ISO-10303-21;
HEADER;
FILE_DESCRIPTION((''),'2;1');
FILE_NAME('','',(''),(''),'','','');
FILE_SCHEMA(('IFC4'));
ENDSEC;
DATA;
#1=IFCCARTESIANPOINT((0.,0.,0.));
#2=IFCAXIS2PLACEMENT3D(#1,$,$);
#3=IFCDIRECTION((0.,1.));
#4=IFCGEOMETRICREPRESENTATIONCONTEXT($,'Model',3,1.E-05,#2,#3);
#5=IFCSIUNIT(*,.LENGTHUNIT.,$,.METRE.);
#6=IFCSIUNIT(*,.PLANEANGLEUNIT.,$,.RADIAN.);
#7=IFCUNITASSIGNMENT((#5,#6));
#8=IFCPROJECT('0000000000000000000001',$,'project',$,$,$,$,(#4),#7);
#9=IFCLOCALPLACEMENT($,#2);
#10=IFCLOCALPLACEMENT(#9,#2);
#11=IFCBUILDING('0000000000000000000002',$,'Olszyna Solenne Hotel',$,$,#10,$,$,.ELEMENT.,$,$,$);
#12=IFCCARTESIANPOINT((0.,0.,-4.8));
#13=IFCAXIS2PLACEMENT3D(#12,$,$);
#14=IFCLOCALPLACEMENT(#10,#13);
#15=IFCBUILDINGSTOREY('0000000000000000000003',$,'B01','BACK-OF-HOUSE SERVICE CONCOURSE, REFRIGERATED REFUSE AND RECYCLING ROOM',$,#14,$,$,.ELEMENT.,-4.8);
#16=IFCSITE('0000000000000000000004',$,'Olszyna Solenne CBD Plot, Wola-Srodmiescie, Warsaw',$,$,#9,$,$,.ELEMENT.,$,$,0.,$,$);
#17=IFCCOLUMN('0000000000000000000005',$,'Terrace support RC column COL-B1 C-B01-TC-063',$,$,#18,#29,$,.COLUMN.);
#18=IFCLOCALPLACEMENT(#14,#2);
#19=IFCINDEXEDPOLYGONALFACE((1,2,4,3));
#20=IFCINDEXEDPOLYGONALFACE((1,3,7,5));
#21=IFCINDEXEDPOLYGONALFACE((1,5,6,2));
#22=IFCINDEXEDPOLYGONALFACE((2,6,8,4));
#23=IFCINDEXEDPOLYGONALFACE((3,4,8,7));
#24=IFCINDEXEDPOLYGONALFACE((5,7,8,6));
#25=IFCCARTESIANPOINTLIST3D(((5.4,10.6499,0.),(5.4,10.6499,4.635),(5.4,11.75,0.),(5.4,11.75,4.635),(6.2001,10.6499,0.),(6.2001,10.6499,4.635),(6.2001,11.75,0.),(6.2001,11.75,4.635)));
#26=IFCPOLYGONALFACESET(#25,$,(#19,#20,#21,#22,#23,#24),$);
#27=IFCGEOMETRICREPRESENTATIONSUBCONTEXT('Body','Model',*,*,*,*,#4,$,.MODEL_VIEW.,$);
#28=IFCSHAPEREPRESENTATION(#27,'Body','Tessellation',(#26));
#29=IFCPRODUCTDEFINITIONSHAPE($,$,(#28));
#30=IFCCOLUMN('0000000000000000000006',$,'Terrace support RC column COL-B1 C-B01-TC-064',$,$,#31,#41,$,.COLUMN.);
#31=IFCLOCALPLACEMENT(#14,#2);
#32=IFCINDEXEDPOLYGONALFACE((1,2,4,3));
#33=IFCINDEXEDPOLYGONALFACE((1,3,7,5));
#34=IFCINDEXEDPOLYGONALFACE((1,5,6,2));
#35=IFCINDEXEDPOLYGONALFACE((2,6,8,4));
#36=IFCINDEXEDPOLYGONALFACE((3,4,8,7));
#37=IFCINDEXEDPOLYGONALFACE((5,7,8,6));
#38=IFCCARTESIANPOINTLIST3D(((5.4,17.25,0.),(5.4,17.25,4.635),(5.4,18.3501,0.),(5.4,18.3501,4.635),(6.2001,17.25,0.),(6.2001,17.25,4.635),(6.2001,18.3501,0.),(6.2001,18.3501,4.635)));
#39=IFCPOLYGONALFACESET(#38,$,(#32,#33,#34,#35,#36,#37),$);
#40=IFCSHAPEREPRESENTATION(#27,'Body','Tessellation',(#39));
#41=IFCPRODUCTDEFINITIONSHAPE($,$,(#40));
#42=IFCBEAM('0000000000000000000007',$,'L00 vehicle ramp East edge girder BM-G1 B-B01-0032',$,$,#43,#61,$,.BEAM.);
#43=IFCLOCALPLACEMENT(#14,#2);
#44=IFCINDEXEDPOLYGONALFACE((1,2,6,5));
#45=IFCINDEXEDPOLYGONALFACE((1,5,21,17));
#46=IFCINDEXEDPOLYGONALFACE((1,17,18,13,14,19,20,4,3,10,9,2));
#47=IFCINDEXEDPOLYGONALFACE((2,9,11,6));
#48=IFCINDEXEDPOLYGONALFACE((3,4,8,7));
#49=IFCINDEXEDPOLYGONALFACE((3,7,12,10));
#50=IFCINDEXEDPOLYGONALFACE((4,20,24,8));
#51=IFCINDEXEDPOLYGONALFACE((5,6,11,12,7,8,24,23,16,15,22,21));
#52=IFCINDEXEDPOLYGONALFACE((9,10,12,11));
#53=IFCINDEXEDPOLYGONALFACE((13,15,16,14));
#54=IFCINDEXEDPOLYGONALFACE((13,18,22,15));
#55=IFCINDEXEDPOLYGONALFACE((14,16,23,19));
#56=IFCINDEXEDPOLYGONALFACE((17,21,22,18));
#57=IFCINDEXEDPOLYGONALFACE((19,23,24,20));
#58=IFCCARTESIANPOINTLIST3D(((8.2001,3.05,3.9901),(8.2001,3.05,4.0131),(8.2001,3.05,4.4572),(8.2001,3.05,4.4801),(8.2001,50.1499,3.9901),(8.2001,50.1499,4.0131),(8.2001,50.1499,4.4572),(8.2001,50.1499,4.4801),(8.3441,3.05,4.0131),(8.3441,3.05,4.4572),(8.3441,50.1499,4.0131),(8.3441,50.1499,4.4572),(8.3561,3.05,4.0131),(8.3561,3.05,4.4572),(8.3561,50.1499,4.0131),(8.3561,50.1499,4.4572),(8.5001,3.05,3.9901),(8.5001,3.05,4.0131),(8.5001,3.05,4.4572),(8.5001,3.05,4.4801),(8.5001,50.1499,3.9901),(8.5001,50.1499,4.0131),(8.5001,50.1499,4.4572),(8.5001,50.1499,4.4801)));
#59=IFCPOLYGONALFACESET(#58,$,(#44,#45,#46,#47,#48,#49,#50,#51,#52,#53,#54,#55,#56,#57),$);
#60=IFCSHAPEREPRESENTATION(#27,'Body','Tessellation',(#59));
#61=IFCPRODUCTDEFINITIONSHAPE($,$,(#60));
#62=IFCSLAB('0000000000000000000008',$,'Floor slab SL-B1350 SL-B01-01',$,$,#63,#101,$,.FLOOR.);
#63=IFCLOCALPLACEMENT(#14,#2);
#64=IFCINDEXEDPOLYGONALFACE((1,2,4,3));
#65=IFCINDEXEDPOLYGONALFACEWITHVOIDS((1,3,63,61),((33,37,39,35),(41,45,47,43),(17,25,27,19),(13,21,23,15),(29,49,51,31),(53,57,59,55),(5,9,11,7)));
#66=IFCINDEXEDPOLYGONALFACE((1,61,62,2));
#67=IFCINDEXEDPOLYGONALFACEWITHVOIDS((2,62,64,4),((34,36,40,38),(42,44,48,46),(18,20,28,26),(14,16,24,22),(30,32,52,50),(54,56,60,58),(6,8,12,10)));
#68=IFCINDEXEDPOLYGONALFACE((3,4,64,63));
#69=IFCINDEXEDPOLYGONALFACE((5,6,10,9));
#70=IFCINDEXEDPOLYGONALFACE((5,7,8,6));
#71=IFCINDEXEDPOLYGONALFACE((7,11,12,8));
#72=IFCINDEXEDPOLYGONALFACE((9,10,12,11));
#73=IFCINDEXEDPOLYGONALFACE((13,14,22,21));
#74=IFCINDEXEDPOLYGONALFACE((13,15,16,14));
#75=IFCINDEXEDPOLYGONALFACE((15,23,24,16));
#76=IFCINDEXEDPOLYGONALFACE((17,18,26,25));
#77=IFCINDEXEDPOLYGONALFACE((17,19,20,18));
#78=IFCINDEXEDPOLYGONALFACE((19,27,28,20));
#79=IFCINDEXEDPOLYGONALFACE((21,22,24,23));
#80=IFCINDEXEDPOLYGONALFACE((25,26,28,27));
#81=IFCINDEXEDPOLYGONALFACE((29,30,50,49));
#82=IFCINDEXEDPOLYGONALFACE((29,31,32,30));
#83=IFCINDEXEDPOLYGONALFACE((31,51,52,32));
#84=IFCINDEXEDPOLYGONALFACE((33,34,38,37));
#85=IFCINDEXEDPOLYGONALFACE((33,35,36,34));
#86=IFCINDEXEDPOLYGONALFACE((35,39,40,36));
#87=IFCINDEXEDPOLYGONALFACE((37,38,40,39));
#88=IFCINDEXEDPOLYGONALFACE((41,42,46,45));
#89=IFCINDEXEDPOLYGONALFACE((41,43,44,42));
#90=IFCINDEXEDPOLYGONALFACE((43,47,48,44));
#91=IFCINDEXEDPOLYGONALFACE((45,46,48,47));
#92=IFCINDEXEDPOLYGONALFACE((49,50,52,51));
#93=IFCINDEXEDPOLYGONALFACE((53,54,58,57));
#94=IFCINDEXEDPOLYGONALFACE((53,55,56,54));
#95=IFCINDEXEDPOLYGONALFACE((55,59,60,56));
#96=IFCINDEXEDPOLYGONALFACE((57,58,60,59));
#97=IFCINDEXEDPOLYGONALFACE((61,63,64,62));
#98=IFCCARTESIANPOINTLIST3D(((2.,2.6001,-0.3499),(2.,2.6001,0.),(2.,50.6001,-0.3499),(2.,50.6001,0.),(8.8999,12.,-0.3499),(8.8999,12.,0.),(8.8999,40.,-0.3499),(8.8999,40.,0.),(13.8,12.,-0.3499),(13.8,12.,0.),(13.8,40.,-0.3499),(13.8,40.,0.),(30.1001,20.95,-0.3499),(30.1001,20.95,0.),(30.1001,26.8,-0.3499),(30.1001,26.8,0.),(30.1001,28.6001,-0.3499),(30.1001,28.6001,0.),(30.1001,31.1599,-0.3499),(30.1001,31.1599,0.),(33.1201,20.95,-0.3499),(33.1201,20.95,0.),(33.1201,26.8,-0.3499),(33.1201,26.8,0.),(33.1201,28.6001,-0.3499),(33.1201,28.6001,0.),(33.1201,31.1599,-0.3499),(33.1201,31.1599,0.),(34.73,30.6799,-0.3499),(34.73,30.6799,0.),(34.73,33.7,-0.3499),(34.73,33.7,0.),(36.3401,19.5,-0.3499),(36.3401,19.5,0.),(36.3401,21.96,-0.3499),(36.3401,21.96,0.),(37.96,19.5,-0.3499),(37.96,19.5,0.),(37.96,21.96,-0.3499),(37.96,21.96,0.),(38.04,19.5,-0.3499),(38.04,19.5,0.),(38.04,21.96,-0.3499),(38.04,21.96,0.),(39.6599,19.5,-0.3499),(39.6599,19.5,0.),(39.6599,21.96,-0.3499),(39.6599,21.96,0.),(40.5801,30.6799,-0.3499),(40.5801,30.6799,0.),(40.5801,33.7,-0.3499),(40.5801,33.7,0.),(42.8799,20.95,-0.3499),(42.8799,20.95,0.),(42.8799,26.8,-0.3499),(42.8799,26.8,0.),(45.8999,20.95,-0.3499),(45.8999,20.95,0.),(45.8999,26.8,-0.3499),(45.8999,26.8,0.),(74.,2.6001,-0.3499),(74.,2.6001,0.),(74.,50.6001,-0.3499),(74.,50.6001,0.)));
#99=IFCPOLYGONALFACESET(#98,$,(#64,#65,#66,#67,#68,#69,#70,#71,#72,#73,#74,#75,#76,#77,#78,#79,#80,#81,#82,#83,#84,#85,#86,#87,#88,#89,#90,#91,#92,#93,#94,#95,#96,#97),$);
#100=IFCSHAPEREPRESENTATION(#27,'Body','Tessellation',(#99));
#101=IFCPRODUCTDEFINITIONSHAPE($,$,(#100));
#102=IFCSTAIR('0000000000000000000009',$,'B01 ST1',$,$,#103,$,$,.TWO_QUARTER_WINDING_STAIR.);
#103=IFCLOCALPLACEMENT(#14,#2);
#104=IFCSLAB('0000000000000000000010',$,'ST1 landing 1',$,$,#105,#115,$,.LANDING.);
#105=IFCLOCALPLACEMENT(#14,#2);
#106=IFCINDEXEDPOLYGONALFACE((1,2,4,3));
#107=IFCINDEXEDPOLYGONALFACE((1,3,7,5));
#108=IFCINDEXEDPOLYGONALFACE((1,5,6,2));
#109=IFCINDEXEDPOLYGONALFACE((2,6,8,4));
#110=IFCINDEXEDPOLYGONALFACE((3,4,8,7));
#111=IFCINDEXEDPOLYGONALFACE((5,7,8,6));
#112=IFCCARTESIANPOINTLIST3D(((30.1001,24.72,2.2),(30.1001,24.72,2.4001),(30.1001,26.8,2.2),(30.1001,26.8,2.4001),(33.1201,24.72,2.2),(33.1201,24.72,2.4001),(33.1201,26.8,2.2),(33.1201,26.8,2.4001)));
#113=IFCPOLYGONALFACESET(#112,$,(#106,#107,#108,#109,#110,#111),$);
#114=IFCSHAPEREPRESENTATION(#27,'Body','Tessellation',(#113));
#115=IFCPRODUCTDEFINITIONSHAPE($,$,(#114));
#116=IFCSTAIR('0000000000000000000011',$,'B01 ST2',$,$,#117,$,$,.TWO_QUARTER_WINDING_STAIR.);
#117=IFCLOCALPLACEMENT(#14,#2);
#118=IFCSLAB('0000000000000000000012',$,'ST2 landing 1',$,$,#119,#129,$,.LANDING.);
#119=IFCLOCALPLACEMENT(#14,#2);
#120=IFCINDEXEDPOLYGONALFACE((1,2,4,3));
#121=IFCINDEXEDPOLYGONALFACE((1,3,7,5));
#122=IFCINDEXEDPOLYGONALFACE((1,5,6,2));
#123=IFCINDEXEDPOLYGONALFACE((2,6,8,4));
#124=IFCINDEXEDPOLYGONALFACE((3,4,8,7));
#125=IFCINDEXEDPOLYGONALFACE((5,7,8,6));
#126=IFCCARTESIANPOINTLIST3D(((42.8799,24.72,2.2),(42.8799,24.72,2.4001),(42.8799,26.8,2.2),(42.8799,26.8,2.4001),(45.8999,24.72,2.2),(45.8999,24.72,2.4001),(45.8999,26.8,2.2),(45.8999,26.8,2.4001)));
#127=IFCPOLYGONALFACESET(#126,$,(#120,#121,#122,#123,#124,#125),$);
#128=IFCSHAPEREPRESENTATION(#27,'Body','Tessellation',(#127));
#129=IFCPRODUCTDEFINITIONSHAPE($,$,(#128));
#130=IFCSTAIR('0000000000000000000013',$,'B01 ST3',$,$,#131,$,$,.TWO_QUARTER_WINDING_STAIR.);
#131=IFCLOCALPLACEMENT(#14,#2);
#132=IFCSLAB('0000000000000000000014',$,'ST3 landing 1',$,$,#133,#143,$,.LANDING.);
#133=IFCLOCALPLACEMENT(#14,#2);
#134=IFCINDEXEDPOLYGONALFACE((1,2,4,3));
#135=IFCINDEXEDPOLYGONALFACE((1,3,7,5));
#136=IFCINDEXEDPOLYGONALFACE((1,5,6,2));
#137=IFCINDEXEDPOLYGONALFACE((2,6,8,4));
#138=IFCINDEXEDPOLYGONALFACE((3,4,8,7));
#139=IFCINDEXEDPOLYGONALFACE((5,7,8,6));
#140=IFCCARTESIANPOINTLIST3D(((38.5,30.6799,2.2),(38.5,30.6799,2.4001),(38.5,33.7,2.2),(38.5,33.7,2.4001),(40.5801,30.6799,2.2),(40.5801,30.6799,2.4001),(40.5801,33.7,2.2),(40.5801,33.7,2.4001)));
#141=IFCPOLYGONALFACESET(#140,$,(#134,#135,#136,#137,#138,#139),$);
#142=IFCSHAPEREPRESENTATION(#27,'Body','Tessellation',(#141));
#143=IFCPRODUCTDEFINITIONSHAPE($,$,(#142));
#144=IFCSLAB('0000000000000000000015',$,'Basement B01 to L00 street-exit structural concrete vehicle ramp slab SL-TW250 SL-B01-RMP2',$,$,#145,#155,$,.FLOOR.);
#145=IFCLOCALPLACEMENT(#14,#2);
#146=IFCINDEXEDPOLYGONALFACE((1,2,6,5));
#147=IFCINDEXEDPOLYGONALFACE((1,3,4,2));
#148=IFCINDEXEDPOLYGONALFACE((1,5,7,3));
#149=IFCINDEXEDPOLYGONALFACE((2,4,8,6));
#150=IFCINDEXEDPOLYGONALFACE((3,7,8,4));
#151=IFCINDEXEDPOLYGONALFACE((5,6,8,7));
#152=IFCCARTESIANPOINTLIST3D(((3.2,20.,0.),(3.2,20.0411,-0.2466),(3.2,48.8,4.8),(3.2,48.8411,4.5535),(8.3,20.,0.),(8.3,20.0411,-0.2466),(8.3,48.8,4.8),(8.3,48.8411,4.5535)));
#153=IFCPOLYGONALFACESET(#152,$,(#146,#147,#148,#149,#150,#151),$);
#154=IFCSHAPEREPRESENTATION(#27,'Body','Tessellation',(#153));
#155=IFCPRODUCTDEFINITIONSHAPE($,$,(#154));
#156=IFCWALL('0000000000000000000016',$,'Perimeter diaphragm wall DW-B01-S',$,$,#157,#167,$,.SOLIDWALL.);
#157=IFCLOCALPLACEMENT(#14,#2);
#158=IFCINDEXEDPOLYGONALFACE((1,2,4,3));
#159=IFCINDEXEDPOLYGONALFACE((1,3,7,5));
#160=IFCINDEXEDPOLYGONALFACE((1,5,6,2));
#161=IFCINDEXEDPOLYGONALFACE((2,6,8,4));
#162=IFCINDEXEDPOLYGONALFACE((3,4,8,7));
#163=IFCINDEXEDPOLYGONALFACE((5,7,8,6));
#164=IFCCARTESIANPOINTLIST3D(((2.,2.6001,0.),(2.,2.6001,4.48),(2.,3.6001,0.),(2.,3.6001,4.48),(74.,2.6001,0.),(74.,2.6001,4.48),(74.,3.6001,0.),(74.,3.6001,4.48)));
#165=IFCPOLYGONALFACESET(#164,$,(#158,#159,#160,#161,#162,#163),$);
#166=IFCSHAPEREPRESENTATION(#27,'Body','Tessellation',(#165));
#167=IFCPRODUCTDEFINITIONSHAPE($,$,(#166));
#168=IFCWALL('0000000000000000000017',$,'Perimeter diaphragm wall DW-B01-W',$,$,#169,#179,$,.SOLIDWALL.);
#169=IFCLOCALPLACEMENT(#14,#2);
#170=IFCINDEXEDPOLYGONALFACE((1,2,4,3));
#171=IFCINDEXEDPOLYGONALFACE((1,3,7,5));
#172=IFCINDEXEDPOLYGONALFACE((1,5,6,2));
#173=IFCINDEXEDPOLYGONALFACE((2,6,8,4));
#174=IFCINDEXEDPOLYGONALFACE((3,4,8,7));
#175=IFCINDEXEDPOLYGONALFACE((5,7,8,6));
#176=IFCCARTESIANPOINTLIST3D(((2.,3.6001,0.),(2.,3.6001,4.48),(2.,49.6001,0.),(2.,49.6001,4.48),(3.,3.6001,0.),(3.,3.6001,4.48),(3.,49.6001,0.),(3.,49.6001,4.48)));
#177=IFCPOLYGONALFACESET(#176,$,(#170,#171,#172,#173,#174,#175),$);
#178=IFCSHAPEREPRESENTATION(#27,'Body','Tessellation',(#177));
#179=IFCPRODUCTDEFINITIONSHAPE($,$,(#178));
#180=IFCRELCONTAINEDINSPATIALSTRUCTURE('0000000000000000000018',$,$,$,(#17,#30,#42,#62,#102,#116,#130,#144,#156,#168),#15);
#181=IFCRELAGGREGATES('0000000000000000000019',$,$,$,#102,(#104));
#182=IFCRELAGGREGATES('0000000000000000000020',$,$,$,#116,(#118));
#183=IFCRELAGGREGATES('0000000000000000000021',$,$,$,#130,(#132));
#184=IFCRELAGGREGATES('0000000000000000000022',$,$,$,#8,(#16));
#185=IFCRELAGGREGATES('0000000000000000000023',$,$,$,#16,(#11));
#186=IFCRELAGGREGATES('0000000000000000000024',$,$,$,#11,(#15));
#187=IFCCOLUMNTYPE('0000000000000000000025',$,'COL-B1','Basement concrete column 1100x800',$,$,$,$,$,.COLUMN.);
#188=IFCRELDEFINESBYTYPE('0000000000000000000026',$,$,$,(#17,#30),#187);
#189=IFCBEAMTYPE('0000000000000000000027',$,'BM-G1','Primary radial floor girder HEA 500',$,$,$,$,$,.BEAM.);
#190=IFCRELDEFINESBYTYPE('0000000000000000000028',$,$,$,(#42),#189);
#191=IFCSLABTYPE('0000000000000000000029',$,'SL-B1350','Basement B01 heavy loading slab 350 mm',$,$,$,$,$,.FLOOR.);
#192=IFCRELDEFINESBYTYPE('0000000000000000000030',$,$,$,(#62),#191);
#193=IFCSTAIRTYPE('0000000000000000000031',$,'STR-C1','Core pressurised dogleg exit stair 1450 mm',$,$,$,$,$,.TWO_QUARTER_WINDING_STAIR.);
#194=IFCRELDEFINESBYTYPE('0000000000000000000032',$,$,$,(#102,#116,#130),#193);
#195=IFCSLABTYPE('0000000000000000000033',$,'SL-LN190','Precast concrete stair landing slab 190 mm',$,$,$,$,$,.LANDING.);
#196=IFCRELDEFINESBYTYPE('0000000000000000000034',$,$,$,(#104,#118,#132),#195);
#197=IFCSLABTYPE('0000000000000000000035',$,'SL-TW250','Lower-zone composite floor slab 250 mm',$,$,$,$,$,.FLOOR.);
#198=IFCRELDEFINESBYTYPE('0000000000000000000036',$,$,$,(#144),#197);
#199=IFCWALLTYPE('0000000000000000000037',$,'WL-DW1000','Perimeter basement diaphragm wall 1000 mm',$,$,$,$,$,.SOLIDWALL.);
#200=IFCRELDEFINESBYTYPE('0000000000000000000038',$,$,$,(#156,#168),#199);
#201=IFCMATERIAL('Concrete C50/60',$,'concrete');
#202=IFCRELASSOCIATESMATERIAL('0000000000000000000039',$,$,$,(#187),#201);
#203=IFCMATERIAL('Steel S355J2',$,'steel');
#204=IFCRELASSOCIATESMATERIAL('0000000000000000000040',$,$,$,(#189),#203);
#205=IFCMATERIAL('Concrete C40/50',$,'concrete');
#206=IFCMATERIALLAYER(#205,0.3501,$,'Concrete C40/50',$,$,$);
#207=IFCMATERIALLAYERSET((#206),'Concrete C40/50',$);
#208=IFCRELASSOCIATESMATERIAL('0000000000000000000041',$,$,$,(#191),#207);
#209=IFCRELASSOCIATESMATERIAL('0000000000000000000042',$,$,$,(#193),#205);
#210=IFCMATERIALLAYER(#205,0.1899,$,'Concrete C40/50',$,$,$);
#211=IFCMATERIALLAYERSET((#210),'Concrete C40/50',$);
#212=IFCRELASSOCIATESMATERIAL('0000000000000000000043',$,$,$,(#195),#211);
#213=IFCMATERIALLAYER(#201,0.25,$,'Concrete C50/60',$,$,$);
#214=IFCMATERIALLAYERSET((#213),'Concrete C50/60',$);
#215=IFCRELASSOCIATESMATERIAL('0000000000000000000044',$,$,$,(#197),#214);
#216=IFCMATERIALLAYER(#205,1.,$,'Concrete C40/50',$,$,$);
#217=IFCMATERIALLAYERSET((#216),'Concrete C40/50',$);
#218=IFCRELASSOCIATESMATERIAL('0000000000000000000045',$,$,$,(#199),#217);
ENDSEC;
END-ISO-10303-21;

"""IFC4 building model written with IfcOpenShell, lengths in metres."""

from ifc_helpers import new_model, si_unit, direction, frame, frame_2d, origin, origin_2d, place, context, subcontext, project, spatial, polyline, rectangle, i_section, outline, extrude, source, transform, mapped, material, layer, layer_set, material_profile, profile_set, type_object, element, aggregate, save


model = new_model("IFC4")

# Units and contexts
model_context = context("Model", 3, precision=1e-05, world=origin(), true_north=direction((0.0, 1.0)))
body_context = subcontext(model_context, "Body", "Model", "MODEL_VIEW")
ifc_project = project(units=[si_unit("LENGTHUNIT", "METRE"), si_unit("PLANEANGLEUNIT", "RADIAN")], contexts=[model_context])

# Site, building, storey
site_placement = place(None, origin())
site = spatial("IfcSite", under=ifc_project, at=site_placement, Name="Olszyna Solenne CBD Plot, Wola-Srodmiescie, Warsaw", CompositionType="ELEMENT", RefElevation=0.0)
building_placement = place(site_placement, origin())
building = spatial("IfcBuilding", under=site, at=building_placement, Name="Olszyna Solenne Hotel", CompositionType="ELEMENT")
storey_placement = place(building_placement, frame((0.0, 0.0, -4.8)))
storey = spatial("IfcBuildingStorey", under=building, at=storey_placement, Name="B01", Description="BACK-OF-HOUSE SERVICE CONCOURSE, REFRIGERATED REFUSE AND RECYCLING ROOM", CompositionType="ELEMENT", Elevation=-4.8)

# Columns
ifc_material_1 = material(Name="Concrete C50/60", Category="concrete")
ifc_material_profile_1 = material_profile(ifc_material_1, rectangle(XDim=0.8, YDim=1.1001, at=origin_2d()), Name="RC 1100x800", Category="load-bearing")
ifc_profile_set_1 = profile_set([ifc_material_profile_1], Name="Concrete C50/60")
column_type = type_object("IfcColumnType", Name="COL-B1", Description="Basement concrete column 1100x800", PredefinedType="COLUMN", material=ifc_profile_set_1)
shared_shape_1 = source(origin(), body_context, "Body", "SweptSolid", [
    extrude(rectangle(XDim=0.8, YDim=1.1001, at=origin_2d()), origin(), (0.0, 0.0, 1.0), 4.635),
])
for number, where, z_axis, x_axis, name in (
    (1, (5.8, 11.2, 0.0), (0.0, 0.0, 1.0), (1.0, 0.0, 0.0), "Terrace support RC column COL-B1 C-B01-TC-063"),
    (2, (5.8, 17.8, 0.0), (0.0, 0.0, 1.0), (1.0, 0.0, 0.0), "Terrace support RC column COL-B1 C-B01-TC-064"),
):
    element("IfcColumn", number, at=place(storey_placement, frame(where, z_axis=z_axis, x_axis=x_axis)), inside=storey, type_object=column_type, Name=name, PredefinedType="COLUMN", context=body_context, shape_type="MappedRepresentation", body=[
        mapped(shared_shape_1, transform((0.0, 0.0, 0.0), x_axis=(1.0, 0.0, 0.0), y_axis=(0.0, 1.0, 0.0), z_axis=(0.0, 0.0, 1.0), scale=1.0)),
    ])

# Beam
ifc_material_2 = material(Name="Steel S355J2", Category="steel")
ifc_material_profile_2 = material_profile(ifc_material_2, i_section(OverallWidth=0.3, OverallDepth=0.49, WebThickness=0.012, FlangeThickness=0.0229, at=origin_2d()), Name="HEA 500", Category="load-bearing")
ifc_profile_set_2 = profile_set([ifc_material_profile_2], Name="Steel S355J2")
beam_type = type_object("IfcBeamType", Name="BM-G1", Description="Primary radial floor girder HEA 500", PredefinedType="BEAM", material=ifc_profile_set_2)
shared_shape_2 = source(origin(), body_context, "Body", "SweptSolid", [
    extrude(i_section(OverallWidth=0.3, OverallDepth=0.49, WebThickness=0.012, FlangeThickness=0.0229, at=origin_2d()), origin(), (0.0, 0.0, 1.0), 47.0999),
])
beam_placement = place(storey_placement, frame((8.3501, 3.05, 4.2351), z_axis=(0.0, 1.0, 0.0), x_axis=(-1.0, 0.0, 0.0)))
element("IfcBeam", 3, at=beam_placement, inside=storey, type_object=beam_type, Name="L00 vehicle ramp East edge girder BM-G1 B-B01-0032", PredefinedType="BEAM", context=body_context, shape_type="MappedRepresentation", body=[
    mapped(shared_shape_2, transform((0.0, 0.0, 0.0), x_axis=(1.0, 0.0, 0.0), y_axis=(0.0, 1.0, 0.0), z_axis=(0.0, 0.0, 1.0), scale=1.0)),
])

# Slab
ifc_material_3 = material(Name="Concrete C40/50", Category="concrete")
ifc_layer_1 = layer(ifc_material_3, 0.3501, Name="Concrete C40/50")
ifc_layer_set_1 = layer_set([ifc_layer_1], Name="Concrete C40/50")
slab_type_1 = type_object("IfcSlabType", Name="SL-B1350", Description="Basement B01 heavy loading slab 350 mm", PredefinedType="FLOOR", material=ifc_layer_set_1)
slab_1_placement = place(storey_placement, frame((0.0, 0.0, -0.3499)))
element("IfcSlab", 4, at=slab_1_placement, inside=storey, type_object=slab_type_1, Name="Floor slab SL-B1350 SL-B01-01", PredefinedType="FLOOR", context=body_context, shape_type="SweptSolid", body=[
    extrude(outline(polyline([(2.0, 2.6001), (74.0, 2.6001), (74.0, 50.6001), (2.0, 50.6001), (2.0, 2.6001)]), holes=[polyline([(30.1001, 20.95), (33.1201, 20.95), (33.1201, 26.8), (30.1001, 26.8), (30.1001, 20.95)]), polyline([(42.8799, 20.95), (45.8999, 20.95), (45.8999, 26.8), (42.8799, 26.8), (42.8799, 20.95)]), polyline([(34.73, 30.6799), (40.5801, 30.6799), (40.5801, 33.7), (34.73, 33.7), (34.73, 30.6799)]), polyline([(36.3401, 19.5), (37.96, 19.5), (37.96, 21.96), (36.3401, 21.96), (36.3401, 19.5)]), polyline([(38.04, 19.5), (39.6599, 19.5), (39.6599, 21.96), (38.04, 21.96), (38.04, 19.5)]), polyline([(30.1001, 28.6001), (33.1201, 28.6001), (33.1201, 31.1599), (30.1001, 31.1599), (30.1001, 28.6001)]), polyline([(8.8999, 12.0), (13.8, 12.0), (13.8, 40.0), (8.8999, 40.0), (8.8999, 12.0)])]), origin(), (0.0, 0.0, 1.0), 0.3499),
])

# Stairs, slabs
stair_type = type_object("IfcStairType", Name="STR-C1", Description="Core pressurised dogleg exit stair 1450 mm", PredefinedType="TWO_QUARTER_WINDING_STAIR", material=ifc_material_3)
stair_1_placement = place(storey_placement, origin())
stair_1 = element("IfcStair", 5, at=stair_1_placement, inside=storey, type_object=stair_type, Name="B01 ST1", PredefinedType="TWO_QUARTER_WINDING_STAIR")
ifc_layer_2 = layer(ifc_material_3, 0.1899, Name="Concrete C40/50")
ifc_layer_set_2 = layer_set([ifc_layer_2], Name="Concrete C40/50")
slab_type_2 = type_object("IfcSlabType", Name="SL-LN190", Description="Precast concrete stair landing slab 190 mm", PredefinedType="LANDING", material=ifc_layer_set_2)
slab_2_placement = place(storey_placement, frame((0.0, 0.0, 2.2)))
slab_2 = element("IfcSlab", 6, at=slab_2_placement, type_object=slab_type_2, Name="ST1 landing 1", PredefinedType="LANDING", context=body_context, shape_type="SweptSolid", body=[
    extrude(outline(polyline([(33.1201, 24.72), (33.1201, 26.8), (30.1001, 26.8), (30.1001, 24.72), (33.1201, 24.72)])), origin(), (0.0, 0.0, 1.0), 0.2002),
])
aggregate(stair_1, [slab_2])
stair_2_placement = place(storey_placement, origin())
stair_2 = element("IfcStair", 7, at=stair_2_placement, inside=storey, type_object=stair_type, Name="B01 ST2", PredefinedType="TWO_QUARTER_WINDING_STAIR")
slab_3_placement = place(storey_placement, frame((0.0, 0.0, 2.2)))
slab_3 = element("IfcSlab", 8, at=slab_3_placement, type_object=slab_type_2, Name="ST2 landing 1", PredefinedType="LANDING", context=body_context, shape_type="SweptSolid", body=[
    extrude(outline(polyline([(45.8999, 24.72), (45.8999, 26.8), (42.8799, 26.8), (42.8799, 24.72), (45.8999, 24.72)])), origin(), (0.0, 0.0, 1.0), 0.2002),
])
aggregate(stair_2, [slab_3])
stair_3_placement = place(storey_placement, origin())
stair_3 = element("IfcStair", 9, at=stair_3_placement, inside=storey, type_object=stair_type, Name="B01 ST3", PredefinedType="TWO_QUARTER_WINDING_STAIR")
slab_4_placement = place(storey_placement, frame((0.0, 0.0, 2.2)))
slab_4 = element("IfcSlab", 10, at=slab_4_placement, type_object=slab_type_2, Name="ST3 landing 1", PredefinedType="LANDING", context=body_context, shape_type="SweptSolid", body=[
    extrude(outline(polyline([(38.5, 30.6799), (40.5801, 30.6799), (40.5801, 33.7), (38.5, 33.7), (38.5, 30.6799)])), origin(), (0.0, 0.0, 1.0), 0.2002),
])
aggregate(stair_3, [slab_4])

# Slab
ifc_layer_3 = layer(ifc_material_1, 0.25, Name="Concrete C50/60")
ifc_layer_set_3 = layer_set([ifc_layer_3], Name="Concrete C50/60")
slab_type_3 = type_object("IfcSlabType", Name="SL-TW250", Description="Lower-zone composite floor slab 250 mm", PredefinedType="FLOOR", material=ifc_layer_set_3)
slab_5_placement = place(storey_placement, frame((3.2, 20.0, 0.0), z_axis=(0.0, -0.1644, 0.986394), x_axis=(1.0, 0.0, 0.0)))
element("IfcSlab", 11, at=slab_5_placement, inside=storey, type_object=slab_type_3, Name="Basement B01 to L00 street-exit structural concrete vehicle ramp slab SL-TW250 SL-B01-RMP2", PredefinedType="FLOOR", context=body_context, shape_type="SweptSolid", body=[
    extrude(outline(polyline([(0.0, 0.0), (5.1001, 0.0), (5.1001, 29.1973), (0.0, 29.1973), (0.0, 0.0)])), origin(), (0.0, 0.0, -1.0), 0.25),
])

# Walls
ifc_layer_4 = layer(ifc_material_3, 1.0, Name="Concrete C40/50")
ifc_layer_set_4 = layer_set([ifc_layer_4], Name="Concrete C40/50")
wall_type_1 = type_object("IfcWallType", Name="WL-DW1000", Description="Perimeter basement diaphragm wall 1000 mm", PredefinedType="SOLIDWALL", material=ifc_layer_set_4)
wall_1_placement = place(storey_placement, frame((2.0, 3.1001, 0.0), z_axis=(0.0, 0.0, 1.0), x_axis=(1.0, 0.0, 0.0)))
element("IfcWall", 12, at=wall_1_placement, inside=storey, type_object=wall_type_1, Name="Perimeter diaphragm wall DW-B01-S", PredefinedType="SOLIDWALL", context=body_context, shape_type="SweptSolid", body=[
    extrude(rectangle(XDim=72.0, YDim=1.0, at=frame_2d((36.0, 0.0))), origin(), (0.0, 0.0, 1.0), 4.48),
])
wall_2_placement = place(storey_placement, frame((2.5, 3.6001, 0.0), z_axis=(0.0, 0.0, 1.0), x_axis=(0.0, 1.0, 0.0)))
element("IfcWall", 13, at=wall_2_placement, inside=storey, type_object=wall_type_1, Name="Perimeter diaphragm wall DW-B01-W", PredefinedType="SOLIDWALL", context=body_context, shape_type="SweptSolid", body=[
    extrude(rectangle(XDim=46.0, YDim=1.0, at=frame_2d((23.0, 0.0))), origin(), (0.0, 0.0, 1.0), 4.48),
])

save(model, "model.ifc")
